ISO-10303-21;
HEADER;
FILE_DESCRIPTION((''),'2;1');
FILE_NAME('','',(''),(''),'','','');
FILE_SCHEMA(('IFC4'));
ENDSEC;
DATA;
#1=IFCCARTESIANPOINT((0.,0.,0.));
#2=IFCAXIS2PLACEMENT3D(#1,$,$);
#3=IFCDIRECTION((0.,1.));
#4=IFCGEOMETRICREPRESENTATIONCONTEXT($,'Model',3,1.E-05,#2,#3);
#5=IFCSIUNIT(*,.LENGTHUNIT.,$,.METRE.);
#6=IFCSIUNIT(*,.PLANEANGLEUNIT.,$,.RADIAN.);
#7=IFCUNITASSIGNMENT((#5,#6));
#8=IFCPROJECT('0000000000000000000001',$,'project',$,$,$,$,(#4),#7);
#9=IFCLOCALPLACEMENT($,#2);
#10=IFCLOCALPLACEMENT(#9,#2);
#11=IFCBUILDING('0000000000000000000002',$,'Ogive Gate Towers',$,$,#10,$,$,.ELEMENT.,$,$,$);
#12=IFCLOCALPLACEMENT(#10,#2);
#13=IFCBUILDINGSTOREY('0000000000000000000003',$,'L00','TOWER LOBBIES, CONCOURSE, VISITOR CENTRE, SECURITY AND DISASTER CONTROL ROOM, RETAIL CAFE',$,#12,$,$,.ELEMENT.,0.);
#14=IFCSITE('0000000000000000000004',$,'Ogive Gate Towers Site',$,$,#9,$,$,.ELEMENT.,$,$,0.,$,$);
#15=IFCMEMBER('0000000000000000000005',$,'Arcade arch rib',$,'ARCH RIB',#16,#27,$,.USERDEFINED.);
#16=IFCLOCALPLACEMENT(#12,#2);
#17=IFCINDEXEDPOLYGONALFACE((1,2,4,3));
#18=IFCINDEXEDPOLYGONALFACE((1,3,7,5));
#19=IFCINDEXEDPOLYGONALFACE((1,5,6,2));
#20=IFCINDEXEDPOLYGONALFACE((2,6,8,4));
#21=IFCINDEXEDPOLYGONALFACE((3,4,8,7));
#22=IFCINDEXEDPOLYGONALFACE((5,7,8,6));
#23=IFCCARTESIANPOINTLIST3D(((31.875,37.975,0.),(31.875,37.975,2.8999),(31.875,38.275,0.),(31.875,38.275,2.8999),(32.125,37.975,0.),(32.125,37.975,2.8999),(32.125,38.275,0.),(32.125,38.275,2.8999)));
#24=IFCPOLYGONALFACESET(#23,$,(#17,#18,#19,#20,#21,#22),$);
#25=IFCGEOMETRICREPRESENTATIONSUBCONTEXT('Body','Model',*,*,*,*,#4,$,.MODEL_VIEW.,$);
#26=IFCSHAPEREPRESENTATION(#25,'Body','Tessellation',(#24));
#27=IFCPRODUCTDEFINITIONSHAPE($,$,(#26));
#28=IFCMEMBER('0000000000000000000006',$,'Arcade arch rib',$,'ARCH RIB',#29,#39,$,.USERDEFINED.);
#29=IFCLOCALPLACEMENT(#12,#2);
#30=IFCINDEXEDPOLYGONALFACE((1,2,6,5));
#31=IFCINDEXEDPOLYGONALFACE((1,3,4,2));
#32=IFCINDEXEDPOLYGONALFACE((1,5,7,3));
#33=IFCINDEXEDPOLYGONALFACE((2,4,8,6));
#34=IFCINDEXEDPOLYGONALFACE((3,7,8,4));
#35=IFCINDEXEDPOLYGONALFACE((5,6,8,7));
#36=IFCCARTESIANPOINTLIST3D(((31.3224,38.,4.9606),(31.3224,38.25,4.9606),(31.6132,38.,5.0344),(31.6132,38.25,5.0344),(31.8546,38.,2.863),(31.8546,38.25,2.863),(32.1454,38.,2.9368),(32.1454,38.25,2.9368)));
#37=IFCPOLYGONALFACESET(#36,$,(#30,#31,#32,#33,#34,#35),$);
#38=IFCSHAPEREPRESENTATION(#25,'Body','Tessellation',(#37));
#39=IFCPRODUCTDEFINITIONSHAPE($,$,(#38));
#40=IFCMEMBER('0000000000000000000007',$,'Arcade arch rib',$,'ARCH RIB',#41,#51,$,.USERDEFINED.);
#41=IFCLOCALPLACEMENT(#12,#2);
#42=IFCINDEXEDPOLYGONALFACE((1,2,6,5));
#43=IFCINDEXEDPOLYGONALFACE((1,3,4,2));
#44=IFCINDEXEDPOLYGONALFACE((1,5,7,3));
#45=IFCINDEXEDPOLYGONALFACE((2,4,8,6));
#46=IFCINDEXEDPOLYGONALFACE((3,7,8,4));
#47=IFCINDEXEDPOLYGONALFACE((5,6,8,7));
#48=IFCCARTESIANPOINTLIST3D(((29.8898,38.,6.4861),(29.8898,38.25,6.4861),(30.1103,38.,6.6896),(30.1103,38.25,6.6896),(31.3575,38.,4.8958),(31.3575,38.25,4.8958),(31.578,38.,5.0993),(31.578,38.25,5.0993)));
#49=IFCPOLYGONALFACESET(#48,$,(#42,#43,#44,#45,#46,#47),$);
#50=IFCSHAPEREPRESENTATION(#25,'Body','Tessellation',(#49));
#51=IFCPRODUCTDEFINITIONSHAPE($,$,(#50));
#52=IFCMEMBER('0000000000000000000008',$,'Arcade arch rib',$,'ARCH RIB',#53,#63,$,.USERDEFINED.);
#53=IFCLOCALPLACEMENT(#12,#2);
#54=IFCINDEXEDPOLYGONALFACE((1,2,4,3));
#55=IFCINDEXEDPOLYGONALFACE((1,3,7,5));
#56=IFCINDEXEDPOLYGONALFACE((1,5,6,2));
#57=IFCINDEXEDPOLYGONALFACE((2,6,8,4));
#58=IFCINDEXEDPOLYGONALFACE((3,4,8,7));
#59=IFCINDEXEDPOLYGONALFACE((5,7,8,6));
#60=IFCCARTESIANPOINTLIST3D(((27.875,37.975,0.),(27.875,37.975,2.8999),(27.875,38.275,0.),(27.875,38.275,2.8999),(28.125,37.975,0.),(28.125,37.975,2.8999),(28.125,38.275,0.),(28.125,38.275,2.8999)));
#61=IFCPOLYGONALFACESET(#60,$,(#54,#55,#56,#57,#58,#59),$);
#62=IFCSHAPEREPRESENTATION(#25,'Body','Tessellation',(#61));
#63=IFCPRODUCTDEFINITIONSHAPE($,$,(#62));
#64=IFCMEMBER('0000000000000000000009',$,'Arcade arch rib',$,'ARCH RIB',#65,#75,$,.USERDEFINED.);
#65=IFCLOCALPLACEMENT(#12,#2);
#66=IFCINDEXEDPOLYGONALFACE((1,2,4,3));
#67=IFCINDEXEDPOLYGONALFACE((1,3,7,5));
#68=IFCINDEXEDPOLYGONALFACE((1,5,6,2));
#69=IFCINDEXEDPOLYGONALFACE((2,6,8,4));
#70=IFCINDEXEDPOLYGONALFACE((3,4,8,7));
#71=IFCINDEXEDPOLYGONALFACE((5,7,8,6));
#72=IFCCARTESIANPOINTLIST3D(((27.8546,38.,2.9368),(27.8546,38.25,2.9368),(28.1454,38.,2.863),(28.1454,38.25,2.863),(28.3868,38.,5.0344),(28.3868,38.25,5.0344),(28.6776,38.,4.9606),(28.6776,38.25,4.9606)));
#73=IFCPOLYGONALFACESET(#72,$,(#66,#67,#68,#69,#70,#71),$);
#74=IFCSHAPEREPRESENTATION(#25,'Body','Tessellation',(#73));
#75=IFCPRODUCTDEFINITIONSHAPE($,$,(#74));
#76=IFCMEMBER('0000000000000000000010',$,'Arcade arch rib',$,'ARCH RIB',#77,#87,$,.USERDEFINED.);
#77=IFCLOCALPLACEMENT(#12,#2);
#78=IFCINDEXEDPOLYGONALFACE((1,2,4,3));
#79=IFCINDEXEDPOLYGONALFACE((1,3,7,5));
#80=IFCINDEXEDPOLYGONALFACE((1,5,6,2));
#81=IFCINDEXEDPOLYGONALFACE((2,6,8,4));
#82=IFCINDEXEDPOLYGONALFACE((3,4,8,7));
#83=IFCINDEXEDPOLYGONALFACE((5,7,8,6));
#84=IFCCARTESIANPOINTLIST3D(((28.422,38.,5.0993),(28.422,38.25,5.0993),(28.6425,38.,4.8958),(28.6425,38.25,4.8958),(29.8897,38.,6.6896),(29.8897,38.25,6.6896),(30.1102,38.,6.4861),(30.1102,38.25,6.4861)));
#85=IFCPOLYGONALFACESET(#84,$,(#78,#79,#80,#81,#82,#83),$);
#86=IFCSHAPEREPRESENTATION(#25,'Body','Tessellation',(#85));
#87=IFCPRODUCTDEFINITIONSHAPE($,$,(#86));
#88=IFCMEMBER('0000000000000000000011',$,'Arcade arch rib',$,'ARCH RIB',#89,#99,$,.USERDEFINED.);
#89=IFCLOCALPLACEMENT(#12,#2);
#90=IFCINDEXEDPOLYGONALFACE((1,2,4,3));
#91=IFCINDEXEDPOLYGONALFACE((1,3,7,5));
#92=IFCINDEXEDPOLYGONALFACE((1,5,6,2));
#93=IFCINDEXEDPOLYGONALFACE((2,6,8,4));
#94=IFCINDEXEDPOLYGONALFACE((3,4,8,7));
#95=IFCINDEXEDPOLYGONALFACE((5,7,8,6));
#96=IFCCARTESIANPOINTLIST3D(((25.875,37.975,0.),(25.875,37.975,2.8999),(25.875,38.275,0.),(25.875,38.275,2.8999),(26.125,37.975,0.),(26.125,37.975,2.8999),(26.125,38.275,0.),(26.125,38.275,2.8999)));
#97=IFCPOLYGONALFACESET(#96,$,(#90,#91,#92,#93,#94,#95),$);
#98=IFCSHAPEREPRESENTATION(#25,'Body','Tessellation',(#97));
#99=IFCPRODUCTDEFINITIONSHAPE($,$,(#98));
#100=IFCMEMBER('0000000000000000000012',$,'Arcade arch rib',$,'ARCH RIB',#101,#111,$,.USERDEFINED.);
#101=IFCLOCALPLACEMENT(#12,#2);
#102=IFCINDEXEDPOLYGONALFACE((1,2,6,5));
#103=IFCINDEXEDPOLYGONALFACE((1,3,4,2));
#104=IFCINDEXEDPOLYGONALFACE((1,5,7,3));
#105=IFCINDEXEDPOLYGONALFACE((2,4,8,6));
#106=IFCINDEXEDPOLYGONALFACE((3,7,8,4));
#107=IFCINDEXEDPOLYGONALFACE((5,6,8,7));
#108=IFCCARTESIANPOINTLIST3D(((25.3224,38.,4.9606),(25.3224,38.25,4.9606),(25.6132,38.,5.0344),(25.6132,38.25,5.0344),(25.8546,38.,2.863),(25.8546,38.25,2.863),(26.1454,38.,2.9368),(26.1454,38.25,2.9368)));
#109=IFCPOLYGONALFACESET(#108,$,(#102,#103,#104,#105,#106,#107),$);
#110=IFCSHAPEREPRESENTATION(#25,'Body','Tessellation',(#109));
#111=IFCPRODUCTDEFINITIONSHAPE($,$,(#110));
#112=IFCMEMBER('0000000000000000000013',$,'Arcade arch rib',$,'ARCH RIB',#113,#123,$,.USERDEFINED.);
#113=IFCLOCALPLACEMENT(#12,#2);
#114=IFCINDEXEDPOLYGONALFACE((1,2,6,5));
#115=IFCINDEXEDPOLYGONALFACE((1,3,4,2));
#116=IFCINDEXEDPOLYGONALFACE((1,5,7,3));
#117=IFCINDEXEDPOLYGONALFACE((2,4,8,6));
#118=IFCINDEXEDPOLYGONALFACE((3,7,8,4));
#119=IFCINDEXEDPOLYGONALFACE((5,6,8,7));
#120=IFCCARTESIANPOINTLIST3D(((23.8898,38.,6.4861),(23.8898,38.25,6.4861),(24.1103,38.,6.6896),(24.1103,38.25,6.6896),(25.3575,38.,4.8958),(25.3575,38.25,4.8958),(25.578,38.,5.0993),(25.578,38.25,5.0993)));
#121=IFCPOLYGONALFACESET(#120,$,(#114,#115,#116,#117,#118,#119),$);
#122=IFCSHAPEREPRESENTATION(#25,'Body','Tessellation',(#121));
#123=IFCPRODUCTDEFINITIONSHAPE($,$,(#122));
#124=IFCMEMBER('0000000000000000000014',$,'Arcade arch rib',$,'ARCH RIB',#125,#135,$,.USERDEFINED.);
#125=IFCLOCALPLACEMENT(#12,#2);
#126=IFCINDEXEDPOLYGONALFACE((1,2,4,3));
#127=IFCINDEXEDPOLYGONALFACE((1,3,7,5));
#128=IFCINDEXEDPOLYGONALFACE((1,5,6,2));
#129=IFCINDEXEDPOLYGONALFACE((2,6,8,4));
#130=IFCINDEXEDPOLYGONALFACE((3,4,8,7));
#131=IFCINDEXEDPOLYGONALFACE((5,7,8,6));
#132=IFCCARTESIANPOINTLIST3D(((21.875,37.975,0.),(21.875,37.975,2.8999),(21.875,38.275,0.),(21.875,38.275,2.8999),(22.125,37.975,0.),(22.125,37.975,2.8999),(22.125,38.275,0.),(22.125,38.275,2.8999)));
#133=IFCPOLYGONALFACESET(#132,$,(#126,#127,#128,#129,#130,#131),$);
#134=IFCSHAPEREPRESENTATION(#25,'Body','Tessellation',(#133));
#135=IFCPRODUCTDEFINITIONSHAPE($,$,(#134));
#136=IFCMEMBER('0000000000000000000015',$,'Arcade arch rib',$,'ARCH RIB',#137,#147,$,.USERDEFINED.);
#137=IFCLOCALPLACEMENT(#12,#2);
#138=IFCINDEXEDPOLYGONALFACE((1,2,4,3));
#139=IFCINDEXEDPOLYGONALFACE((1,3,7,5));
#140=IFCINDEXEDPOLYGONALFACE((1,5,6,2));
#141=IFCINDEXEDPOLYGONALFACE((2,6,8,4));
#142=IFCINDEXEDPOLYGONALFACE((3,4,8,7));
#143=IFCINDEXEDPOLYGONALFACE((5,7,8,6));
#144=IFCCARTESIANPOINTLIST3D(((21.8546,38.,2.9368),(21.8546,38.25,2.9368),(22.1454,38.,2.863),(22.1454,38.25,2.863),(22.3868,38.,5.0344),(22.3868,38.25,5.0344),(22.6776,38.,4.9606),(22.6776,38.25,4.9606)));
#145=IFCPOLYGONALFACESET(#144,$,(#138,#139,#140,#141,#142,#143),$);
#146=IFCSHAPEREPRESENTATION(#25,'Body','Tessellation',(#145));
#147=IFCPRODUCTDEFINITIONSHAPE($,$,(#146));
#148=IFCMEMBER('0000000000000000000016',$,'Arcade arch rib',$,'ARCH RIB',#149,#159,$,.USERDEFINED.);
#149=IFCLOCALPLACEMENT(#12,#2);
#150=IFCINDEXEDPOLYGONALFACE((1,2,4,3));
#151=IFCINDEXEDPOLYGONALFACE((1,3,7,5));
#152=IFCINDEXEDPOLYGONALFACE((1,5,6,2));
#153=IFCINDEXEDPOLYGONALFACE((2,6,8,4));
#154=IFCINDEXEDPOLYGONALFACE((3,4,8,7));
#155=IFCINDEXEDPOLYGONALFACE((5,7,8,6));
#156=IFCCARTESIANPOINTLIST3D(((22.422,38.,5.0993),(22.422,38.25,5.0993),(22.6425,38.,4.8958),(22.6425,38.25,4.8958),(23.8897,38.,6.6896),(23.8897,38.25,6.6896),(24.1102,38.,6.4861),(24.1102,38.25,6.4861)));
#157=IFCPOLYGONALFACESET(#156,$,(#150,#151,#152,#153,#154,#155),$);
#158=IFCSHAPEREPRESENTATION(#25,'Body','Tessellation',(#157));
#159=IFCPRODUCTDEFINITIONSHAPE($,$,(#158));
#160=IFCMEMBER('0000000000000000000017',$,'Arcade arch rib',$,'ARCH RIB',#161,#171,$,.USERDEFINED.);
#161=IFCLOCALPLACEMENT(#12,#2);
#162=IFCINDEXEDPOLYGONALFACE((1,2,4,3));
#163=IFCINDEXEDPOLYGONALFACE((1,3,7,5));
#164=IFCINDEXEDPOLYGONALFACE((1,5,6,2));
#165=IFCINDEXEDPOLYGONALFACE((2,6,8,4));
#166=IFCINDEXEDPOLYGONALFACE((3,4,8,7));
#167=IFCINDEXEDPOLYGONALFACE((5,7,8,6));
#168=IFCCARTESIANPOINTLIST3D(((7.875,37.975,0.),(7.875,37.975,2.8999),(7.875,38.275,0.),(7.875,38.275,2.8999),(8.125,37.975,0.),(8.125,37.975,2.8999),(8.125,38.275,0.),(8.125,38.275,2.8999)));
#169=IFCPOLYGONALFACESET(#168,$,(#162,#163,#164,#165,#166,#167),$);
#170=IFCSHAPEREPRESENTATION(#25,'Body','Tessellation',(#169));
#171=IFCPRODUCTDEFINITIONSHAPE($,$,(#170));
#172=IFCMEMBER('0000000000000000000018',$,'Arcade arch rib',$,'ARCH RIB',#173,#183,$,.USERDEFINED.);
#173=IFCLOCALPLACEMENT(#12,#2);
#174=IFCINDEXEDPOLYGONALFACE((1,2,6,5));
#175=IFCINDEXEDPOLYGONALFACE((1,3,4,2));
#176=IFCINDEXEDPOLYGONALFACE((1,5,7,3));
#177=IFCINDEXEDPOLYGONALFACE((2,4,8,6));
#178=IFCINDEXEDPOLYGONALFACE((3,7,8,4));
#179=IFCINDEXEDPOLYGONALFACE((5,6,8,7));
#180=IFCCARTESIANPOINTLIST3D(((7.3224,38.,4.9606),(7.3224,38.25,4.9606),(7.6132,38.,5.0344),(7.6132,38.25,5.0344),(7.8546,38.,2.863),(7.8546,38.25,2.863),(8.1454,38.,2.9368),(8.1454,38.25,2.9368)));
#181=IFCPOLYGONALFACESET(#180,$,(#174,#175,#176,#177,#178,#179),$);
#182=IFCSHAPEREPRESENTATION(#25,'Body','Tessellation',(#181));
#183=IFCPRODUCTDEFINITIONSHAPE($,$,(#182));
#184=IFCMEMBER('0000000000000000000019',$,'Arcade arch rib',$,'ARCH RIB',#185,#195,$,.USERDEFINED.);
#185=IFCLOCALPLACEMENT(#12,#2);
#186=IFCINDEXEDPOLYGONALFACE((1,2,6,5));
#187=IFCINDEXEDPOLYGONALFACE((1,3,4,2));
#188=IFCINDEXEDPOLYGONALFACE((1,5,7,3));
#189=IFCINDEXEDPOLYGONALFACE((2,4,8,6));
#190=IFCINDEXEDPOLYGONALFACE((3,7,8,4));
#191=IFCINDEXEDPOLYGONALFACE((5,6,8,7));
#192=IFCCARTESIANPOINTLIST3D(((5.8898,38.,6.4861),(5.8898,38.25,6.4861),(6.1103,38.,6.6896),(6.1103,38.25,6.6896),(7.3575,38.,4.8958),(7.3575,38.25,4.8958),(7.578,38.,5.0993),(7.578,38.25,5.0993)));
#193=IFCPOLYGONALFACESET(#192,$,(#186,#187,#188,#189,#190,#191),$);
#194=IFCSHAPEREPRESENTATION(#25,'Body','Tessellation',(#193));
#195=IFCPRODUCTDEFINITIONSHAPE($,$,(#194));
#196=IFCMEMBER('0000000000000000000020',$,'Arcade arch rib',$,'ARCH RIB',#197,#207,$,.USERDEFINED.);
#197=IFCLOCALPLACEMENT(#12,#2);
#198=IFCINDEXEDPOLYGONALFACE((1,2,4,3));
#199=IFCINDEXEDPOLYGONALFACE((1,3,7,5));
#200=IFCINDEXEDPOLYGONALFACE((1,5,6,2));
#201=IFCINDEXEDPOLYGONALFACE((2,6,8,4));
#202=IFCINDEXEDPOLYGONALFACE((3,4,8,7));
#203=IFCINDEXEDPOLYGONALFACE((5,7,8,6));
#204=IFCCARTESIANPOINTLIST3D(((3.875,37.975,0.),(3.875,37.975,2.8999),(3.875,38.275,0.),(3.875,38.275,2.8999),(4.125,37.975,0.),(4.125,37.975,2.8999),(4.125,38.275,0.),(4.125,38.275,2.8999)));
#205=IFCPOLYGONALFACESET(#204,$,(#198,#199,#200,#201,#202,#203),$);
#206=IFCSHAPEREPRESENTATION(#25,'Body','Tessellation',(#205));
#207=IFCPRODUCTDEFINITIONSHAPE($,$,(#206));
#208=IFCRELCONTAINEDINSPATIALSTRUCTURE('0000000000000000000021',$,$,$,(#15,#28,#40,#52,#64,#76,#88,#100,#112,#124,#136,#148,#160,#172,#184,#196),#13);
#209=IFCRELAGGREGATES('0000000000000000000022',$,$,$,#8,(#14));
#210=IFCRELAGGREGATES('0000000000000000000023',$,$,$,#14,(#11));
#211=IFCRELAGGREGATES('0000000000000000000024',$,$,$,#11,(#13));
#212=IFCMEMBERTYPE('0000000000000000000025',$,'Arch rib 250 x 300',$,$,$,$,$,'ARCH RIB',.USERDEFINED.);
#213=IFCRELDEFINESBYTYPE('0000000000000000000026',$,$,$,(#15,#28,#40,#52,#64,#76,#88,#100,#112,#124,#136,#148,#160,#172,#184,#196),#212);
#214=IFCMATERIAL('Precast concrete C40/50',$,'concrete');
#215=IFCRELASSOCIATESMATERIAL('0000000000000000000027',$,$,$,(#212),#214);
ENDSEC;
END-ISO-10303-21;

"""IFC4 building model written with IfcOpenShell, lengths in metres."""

from ifc_helpers import new_model, si_unit, direction, frame, origin, origin_2d, place, context, subcontext, project, spatial, rectangle, extrude, material, material_profile, profile_set, type_object, element, save


model = new_model("IFC4")

# Units and contexts
model_context = context("Model", 3, precision=1e-05, world=origin(), true_north=direction((0.0, 1.0)))
body_context = subcontext(model_context, "Body", "Model", "MODEL_VIEW")
ifc_project = project(units=[si_unit("LENGTHUNIT", "METRE"), si_unit("PLANEANGLEUNIT", "RADIAN")], contexts=[model_context])

# Site, building, storey
site_placement = place(None, origin())
site = spatial("IfcSite", under=ifc_project, at=site_placement, Name="Ogive Gate Towers Site", CompositionType="ELEMENT", RefElevation=0.0)
building_placement = place(site_placement, origin())
building = spatial("IfcBuilding", under=site, at=building_placement, Name="Ogive Gate Towers", CompositionType="ELEMENT")
storey_placement = place(building_placement, origin())
storey = spatial("IfcBuildingStorey", under=building, at=storey_placement, Name="L00", Description="TOWER LOBBIES, CONCOURSE, VISITOR CENTRE, SECURITY AND DISASTER CONTROL ROOM, RETAIL CAFE", CompositionType="ELEMENT", Elevation=0.0)

# Members
ifc_material_1 = material(Name="Precast concrete C40/50", Category="concrete")
ifc_material_profile = material_profile(ifc_material_1, rectangle(XDim=0.25, YDim=0.3, at=origin_2d()), Name="250 x 300 cast stone")
ifc_profile_set = profile_set([ifc_material_profile], Name="Precast concrete C40/50")
member_type = type_object("IfcMemberType", Name="Arch rib 250 x 300", ElementType="ARCH RIB", PredefinedType="USERDEFINED", material=ifc_profile_set)
member_1_placement = place(storey_placement, frame((32.0, 38.125, 0.0), z_axis=(0.0, 0.0, 1.0), x_axis=(1.0, 0.0, 0.0)))
element("IfcMember", 1, at=member_1_placement, inside=storey, type_object=member_type, Name="Arcade arch rib", ObjectType="ARCH RIB", PredefinedType="USERDEFINED", context=body_context, shape_type="SweptSolid", body=[
    extrude(rectangle(XDim=0.25, YDim=0.3, at=origin_2d()), origin(), (0.0, 0.0, 1.0), 2.8999),
])
for number, where, z_axis, x_axis, name in (
    (2, (32.0, 38.125, 2.8999), (-0.245932, 0.0, 0.969287), (0.0, -1.0, 0.0), "Arcade arch rib"),
    (3, (31.4678, 38.125, 4.9976), (-0.678224, 0.0, 0.734855), (0.0, -1.0, 0.0), "Arcade arch rib"),
):
    element("IfcMember", number, at=place(storey_placement, frame(where, z_axis=z_axis, x_axis=x_axis)), inside=storey, type_object=member_type, Name=name, ObjectType="ARCH RIB", PredefinedType="USERDEFINED", context=body_context, shape_type="SweptSolid", body=[
        extrude(rectangle(XDim=0.25, YDim=0.3, at=origin_2d()), origin(), (0.0, 0.0, 1.0), 2.1641),
    ])
member_2_placement = place(storey_placement, frame((28.0, 38.125, 0.0), z_axis=(0.0, 0.0, 1.0), x_axis=(1.0, 0.0, 0.0)))
element("IfcMember", 4, at=member_2_placement, inside=storey, type_object=member_type, Name="Arcade arch rib", ObjectType="ARCH RIB", PredefinedType="USERDEFINED", context=body_context, shape_type="SweptSolid", body=[
    extrude(rectangle(XDim=0.25, YDim=0.3, at=origin_2d()), origin(), (0.0, 0.0, 1.0), 2.8999),
])
for number, where, z_axis, x_axis, name in (
    (5, (28.0, 38.125, 2.8999), (0.245932, 0.0, 0.969287), (0.0, 1.0, 0.0), "Arcade arch rib"),
    (6, (28.5322, 38.125, 4.9976), (0.678224, 0.0, 0.734855), (0.0, 1.0, 0.0), "Arcade arch rib"),
):
    element("IfcMember", number, at=place(storey_placement, frame(where, z_axis=z_axis, x_axis=x_axis)), inside=storey, type_object=member_type, Name=name, ObjectType="ARCH RIB", PredefinedType="USERDEFINED", context=body_context, shape_type="SweptSolid", body=[
        extrude(rectangle(XDim=0.25, YDim=0.3, at=origin_2d()), origin(), (0.0, 0.0, 1.0), 2.1641),
    ])
member_3_placement = place(storey_placement, frame((26.0, 38.125, 0.0), z_axis=(0.0, 0.0, 1.0), x_axis=(1.0, 0.0, 0.0)))
element("IfcMember", 7, at=member_3_placement, inside=storey, type_object=member_type, Name="Arcade arch rib", ObjectType="ARCH RIB", PredefinedType="USERDEFINED", context=body_context, shape_type="SweptSolid", body=[
    extrude(rectangle(XDim=0.25, YDim=0.3, at=origin_2d()), origin(), (0.0, 0.0, 1.0), 2.8999),
])
for number, where, z_axis, x_axis, name in (
    (8, (26.0, 38.125, 2.8999), (-0.245932, 0.0, 0.969287), (0.0, -1.0, 0.0), "Arcade arch rib"),
    (9, (25.4678, 38.125, 4.9976), (-0.678224, 0.0, 0.734855), (0.0, -1.0, 0.0), "Arcade arch rib"),
):
    element("IfcMember", number, at=place(storey_placement, frame(where, z_axis=z_axis, x_axis=x_axis)), inside=storey, type_object=member_type, Name=name, ObjectType="ARCH RIB", PredefinedType="USERDEFINED", context=body_context, shape_type="SweptSolid", body=[
        extrude(rectangle(XDim=0.25, YDim=0.3, at=origin_2d()), origin(), (0.0, 0.0, 1.0), 2.1641),
    ])
member_4_placement = place(storey_placement, frame((22.0, 38.125, 0.0), z_axis=(0.0, 0.0, 1.0), x_axis=(1.0, 0.0, 0.0)))
element("IfcMember", 10, at=member_4_placement, inside=storey, type_object=member_type, Name="Arcade arch rib", ObjectType="ARCH RIB", PredefinedType="USERDEFINED", context=body_context, shape_type="SweptSolid", body=[
    extrude(rectangle(XDim=0.25, YDim=0.3, at=origin_2d()), origin(), (0.0, 0.0, 1.0), 2.8999),
])
for number, where, z_axis, x_axis, name in (
    (11, (22.0, 38.125, 2.8999), (0.245932, 0.0, 0.969287), (0.0, 1.0, 0.0), "Arcade arch rib"),
    (12, (22.5322, 38.125, 4.9976), (0.678224, 0.0, 0.734855), (0.0, 1.0, 0.0), "Arcade arch rib"),
):
    element("IfcMember", number, at=place(storey_placement, frame(where, z_axis=z_axis, x_axis=x_axis)), inside=storey, type_object=member_type, Name=name, ObjectType="ARCH RIB", PredefinedType="USERDEFINED", context=body_context, shape_type="SweptSolid", body=[
        extrude(rectangle(XDim=0.25, YDim=0.3, at=origin_2d()), origin(), (0.0, 0.0, 1.0), 2.1641),
    ])
member_5_placement = place(storey_placement, frame((8.0, 38.125, 0.0), z_axis=(0.0, 0.0, 1.0), x_axis=(1.0, 0.0, 0.0)))
element("IfcMember", 13, at=member_5_placement, inside=storey, type_object=member_type, Name="Arcade arch rib", ObjectType="ARCH RIB", PredefinedType="USERDEFINED", context=body_context, shape_type="SweptSolid", body=[
    extrude(rectangle(XDim=0.25, YDim=0.3, at=origin_2d()), origin(), (0.0, 0.0, 1.0), 2.8999),
])
for number, where, z_axis, x_axis, name in (
    (14, (8.0, 38.125, 2.8999), (-0.245932, 0.0, 0.969287), (0.0, -1.0, 0.0), "Arcade arch rib"),
    (15, (7.4678, 38.125, 4.9976), (-0.678224, 0.0, 0.734855), (0.0, -1.0, 0.0), "Arcade arch rib"),
):
    element("IfcMember", number, at=place(storey_placement, frame(where, z_axis=z_axis, x_axis=x_axis)), inside=storey, type_object=member_type, Name=name, ObjectType="ARCH RIB", PredefinedType="USERDEFINED", context=body_context, shape_type="SweptSolid", body=[
        extrude(rectangle(XDim=0.25, YDim=0.3, at=origin_2d()), origin(), (0.0, 0.0, 1.0), 2.1641),
    ])
member_6_placement = place(storey_placement, frame((4.0, 38.125, 0.0), z_axis=(0.0, 0.0, 1.0), x_axis=(1.0, 0.0, 0.0)))
element("IfcMember", 16, at=member_6_placement, inside=storey, type_object=member_type, Name="Arcade arch rib", ObjectType="ARCH RIB", PredefinedType="USERDEFINED", context=body_context, shape_type="SweptSolid", body=[
    extrude(rectangle(XDim=0.25, YDim=0.3, at=origin_2d()), origin(), (0.0, 0.0, 1.0), 2.8999),
])

save(model, "model.ifc")
